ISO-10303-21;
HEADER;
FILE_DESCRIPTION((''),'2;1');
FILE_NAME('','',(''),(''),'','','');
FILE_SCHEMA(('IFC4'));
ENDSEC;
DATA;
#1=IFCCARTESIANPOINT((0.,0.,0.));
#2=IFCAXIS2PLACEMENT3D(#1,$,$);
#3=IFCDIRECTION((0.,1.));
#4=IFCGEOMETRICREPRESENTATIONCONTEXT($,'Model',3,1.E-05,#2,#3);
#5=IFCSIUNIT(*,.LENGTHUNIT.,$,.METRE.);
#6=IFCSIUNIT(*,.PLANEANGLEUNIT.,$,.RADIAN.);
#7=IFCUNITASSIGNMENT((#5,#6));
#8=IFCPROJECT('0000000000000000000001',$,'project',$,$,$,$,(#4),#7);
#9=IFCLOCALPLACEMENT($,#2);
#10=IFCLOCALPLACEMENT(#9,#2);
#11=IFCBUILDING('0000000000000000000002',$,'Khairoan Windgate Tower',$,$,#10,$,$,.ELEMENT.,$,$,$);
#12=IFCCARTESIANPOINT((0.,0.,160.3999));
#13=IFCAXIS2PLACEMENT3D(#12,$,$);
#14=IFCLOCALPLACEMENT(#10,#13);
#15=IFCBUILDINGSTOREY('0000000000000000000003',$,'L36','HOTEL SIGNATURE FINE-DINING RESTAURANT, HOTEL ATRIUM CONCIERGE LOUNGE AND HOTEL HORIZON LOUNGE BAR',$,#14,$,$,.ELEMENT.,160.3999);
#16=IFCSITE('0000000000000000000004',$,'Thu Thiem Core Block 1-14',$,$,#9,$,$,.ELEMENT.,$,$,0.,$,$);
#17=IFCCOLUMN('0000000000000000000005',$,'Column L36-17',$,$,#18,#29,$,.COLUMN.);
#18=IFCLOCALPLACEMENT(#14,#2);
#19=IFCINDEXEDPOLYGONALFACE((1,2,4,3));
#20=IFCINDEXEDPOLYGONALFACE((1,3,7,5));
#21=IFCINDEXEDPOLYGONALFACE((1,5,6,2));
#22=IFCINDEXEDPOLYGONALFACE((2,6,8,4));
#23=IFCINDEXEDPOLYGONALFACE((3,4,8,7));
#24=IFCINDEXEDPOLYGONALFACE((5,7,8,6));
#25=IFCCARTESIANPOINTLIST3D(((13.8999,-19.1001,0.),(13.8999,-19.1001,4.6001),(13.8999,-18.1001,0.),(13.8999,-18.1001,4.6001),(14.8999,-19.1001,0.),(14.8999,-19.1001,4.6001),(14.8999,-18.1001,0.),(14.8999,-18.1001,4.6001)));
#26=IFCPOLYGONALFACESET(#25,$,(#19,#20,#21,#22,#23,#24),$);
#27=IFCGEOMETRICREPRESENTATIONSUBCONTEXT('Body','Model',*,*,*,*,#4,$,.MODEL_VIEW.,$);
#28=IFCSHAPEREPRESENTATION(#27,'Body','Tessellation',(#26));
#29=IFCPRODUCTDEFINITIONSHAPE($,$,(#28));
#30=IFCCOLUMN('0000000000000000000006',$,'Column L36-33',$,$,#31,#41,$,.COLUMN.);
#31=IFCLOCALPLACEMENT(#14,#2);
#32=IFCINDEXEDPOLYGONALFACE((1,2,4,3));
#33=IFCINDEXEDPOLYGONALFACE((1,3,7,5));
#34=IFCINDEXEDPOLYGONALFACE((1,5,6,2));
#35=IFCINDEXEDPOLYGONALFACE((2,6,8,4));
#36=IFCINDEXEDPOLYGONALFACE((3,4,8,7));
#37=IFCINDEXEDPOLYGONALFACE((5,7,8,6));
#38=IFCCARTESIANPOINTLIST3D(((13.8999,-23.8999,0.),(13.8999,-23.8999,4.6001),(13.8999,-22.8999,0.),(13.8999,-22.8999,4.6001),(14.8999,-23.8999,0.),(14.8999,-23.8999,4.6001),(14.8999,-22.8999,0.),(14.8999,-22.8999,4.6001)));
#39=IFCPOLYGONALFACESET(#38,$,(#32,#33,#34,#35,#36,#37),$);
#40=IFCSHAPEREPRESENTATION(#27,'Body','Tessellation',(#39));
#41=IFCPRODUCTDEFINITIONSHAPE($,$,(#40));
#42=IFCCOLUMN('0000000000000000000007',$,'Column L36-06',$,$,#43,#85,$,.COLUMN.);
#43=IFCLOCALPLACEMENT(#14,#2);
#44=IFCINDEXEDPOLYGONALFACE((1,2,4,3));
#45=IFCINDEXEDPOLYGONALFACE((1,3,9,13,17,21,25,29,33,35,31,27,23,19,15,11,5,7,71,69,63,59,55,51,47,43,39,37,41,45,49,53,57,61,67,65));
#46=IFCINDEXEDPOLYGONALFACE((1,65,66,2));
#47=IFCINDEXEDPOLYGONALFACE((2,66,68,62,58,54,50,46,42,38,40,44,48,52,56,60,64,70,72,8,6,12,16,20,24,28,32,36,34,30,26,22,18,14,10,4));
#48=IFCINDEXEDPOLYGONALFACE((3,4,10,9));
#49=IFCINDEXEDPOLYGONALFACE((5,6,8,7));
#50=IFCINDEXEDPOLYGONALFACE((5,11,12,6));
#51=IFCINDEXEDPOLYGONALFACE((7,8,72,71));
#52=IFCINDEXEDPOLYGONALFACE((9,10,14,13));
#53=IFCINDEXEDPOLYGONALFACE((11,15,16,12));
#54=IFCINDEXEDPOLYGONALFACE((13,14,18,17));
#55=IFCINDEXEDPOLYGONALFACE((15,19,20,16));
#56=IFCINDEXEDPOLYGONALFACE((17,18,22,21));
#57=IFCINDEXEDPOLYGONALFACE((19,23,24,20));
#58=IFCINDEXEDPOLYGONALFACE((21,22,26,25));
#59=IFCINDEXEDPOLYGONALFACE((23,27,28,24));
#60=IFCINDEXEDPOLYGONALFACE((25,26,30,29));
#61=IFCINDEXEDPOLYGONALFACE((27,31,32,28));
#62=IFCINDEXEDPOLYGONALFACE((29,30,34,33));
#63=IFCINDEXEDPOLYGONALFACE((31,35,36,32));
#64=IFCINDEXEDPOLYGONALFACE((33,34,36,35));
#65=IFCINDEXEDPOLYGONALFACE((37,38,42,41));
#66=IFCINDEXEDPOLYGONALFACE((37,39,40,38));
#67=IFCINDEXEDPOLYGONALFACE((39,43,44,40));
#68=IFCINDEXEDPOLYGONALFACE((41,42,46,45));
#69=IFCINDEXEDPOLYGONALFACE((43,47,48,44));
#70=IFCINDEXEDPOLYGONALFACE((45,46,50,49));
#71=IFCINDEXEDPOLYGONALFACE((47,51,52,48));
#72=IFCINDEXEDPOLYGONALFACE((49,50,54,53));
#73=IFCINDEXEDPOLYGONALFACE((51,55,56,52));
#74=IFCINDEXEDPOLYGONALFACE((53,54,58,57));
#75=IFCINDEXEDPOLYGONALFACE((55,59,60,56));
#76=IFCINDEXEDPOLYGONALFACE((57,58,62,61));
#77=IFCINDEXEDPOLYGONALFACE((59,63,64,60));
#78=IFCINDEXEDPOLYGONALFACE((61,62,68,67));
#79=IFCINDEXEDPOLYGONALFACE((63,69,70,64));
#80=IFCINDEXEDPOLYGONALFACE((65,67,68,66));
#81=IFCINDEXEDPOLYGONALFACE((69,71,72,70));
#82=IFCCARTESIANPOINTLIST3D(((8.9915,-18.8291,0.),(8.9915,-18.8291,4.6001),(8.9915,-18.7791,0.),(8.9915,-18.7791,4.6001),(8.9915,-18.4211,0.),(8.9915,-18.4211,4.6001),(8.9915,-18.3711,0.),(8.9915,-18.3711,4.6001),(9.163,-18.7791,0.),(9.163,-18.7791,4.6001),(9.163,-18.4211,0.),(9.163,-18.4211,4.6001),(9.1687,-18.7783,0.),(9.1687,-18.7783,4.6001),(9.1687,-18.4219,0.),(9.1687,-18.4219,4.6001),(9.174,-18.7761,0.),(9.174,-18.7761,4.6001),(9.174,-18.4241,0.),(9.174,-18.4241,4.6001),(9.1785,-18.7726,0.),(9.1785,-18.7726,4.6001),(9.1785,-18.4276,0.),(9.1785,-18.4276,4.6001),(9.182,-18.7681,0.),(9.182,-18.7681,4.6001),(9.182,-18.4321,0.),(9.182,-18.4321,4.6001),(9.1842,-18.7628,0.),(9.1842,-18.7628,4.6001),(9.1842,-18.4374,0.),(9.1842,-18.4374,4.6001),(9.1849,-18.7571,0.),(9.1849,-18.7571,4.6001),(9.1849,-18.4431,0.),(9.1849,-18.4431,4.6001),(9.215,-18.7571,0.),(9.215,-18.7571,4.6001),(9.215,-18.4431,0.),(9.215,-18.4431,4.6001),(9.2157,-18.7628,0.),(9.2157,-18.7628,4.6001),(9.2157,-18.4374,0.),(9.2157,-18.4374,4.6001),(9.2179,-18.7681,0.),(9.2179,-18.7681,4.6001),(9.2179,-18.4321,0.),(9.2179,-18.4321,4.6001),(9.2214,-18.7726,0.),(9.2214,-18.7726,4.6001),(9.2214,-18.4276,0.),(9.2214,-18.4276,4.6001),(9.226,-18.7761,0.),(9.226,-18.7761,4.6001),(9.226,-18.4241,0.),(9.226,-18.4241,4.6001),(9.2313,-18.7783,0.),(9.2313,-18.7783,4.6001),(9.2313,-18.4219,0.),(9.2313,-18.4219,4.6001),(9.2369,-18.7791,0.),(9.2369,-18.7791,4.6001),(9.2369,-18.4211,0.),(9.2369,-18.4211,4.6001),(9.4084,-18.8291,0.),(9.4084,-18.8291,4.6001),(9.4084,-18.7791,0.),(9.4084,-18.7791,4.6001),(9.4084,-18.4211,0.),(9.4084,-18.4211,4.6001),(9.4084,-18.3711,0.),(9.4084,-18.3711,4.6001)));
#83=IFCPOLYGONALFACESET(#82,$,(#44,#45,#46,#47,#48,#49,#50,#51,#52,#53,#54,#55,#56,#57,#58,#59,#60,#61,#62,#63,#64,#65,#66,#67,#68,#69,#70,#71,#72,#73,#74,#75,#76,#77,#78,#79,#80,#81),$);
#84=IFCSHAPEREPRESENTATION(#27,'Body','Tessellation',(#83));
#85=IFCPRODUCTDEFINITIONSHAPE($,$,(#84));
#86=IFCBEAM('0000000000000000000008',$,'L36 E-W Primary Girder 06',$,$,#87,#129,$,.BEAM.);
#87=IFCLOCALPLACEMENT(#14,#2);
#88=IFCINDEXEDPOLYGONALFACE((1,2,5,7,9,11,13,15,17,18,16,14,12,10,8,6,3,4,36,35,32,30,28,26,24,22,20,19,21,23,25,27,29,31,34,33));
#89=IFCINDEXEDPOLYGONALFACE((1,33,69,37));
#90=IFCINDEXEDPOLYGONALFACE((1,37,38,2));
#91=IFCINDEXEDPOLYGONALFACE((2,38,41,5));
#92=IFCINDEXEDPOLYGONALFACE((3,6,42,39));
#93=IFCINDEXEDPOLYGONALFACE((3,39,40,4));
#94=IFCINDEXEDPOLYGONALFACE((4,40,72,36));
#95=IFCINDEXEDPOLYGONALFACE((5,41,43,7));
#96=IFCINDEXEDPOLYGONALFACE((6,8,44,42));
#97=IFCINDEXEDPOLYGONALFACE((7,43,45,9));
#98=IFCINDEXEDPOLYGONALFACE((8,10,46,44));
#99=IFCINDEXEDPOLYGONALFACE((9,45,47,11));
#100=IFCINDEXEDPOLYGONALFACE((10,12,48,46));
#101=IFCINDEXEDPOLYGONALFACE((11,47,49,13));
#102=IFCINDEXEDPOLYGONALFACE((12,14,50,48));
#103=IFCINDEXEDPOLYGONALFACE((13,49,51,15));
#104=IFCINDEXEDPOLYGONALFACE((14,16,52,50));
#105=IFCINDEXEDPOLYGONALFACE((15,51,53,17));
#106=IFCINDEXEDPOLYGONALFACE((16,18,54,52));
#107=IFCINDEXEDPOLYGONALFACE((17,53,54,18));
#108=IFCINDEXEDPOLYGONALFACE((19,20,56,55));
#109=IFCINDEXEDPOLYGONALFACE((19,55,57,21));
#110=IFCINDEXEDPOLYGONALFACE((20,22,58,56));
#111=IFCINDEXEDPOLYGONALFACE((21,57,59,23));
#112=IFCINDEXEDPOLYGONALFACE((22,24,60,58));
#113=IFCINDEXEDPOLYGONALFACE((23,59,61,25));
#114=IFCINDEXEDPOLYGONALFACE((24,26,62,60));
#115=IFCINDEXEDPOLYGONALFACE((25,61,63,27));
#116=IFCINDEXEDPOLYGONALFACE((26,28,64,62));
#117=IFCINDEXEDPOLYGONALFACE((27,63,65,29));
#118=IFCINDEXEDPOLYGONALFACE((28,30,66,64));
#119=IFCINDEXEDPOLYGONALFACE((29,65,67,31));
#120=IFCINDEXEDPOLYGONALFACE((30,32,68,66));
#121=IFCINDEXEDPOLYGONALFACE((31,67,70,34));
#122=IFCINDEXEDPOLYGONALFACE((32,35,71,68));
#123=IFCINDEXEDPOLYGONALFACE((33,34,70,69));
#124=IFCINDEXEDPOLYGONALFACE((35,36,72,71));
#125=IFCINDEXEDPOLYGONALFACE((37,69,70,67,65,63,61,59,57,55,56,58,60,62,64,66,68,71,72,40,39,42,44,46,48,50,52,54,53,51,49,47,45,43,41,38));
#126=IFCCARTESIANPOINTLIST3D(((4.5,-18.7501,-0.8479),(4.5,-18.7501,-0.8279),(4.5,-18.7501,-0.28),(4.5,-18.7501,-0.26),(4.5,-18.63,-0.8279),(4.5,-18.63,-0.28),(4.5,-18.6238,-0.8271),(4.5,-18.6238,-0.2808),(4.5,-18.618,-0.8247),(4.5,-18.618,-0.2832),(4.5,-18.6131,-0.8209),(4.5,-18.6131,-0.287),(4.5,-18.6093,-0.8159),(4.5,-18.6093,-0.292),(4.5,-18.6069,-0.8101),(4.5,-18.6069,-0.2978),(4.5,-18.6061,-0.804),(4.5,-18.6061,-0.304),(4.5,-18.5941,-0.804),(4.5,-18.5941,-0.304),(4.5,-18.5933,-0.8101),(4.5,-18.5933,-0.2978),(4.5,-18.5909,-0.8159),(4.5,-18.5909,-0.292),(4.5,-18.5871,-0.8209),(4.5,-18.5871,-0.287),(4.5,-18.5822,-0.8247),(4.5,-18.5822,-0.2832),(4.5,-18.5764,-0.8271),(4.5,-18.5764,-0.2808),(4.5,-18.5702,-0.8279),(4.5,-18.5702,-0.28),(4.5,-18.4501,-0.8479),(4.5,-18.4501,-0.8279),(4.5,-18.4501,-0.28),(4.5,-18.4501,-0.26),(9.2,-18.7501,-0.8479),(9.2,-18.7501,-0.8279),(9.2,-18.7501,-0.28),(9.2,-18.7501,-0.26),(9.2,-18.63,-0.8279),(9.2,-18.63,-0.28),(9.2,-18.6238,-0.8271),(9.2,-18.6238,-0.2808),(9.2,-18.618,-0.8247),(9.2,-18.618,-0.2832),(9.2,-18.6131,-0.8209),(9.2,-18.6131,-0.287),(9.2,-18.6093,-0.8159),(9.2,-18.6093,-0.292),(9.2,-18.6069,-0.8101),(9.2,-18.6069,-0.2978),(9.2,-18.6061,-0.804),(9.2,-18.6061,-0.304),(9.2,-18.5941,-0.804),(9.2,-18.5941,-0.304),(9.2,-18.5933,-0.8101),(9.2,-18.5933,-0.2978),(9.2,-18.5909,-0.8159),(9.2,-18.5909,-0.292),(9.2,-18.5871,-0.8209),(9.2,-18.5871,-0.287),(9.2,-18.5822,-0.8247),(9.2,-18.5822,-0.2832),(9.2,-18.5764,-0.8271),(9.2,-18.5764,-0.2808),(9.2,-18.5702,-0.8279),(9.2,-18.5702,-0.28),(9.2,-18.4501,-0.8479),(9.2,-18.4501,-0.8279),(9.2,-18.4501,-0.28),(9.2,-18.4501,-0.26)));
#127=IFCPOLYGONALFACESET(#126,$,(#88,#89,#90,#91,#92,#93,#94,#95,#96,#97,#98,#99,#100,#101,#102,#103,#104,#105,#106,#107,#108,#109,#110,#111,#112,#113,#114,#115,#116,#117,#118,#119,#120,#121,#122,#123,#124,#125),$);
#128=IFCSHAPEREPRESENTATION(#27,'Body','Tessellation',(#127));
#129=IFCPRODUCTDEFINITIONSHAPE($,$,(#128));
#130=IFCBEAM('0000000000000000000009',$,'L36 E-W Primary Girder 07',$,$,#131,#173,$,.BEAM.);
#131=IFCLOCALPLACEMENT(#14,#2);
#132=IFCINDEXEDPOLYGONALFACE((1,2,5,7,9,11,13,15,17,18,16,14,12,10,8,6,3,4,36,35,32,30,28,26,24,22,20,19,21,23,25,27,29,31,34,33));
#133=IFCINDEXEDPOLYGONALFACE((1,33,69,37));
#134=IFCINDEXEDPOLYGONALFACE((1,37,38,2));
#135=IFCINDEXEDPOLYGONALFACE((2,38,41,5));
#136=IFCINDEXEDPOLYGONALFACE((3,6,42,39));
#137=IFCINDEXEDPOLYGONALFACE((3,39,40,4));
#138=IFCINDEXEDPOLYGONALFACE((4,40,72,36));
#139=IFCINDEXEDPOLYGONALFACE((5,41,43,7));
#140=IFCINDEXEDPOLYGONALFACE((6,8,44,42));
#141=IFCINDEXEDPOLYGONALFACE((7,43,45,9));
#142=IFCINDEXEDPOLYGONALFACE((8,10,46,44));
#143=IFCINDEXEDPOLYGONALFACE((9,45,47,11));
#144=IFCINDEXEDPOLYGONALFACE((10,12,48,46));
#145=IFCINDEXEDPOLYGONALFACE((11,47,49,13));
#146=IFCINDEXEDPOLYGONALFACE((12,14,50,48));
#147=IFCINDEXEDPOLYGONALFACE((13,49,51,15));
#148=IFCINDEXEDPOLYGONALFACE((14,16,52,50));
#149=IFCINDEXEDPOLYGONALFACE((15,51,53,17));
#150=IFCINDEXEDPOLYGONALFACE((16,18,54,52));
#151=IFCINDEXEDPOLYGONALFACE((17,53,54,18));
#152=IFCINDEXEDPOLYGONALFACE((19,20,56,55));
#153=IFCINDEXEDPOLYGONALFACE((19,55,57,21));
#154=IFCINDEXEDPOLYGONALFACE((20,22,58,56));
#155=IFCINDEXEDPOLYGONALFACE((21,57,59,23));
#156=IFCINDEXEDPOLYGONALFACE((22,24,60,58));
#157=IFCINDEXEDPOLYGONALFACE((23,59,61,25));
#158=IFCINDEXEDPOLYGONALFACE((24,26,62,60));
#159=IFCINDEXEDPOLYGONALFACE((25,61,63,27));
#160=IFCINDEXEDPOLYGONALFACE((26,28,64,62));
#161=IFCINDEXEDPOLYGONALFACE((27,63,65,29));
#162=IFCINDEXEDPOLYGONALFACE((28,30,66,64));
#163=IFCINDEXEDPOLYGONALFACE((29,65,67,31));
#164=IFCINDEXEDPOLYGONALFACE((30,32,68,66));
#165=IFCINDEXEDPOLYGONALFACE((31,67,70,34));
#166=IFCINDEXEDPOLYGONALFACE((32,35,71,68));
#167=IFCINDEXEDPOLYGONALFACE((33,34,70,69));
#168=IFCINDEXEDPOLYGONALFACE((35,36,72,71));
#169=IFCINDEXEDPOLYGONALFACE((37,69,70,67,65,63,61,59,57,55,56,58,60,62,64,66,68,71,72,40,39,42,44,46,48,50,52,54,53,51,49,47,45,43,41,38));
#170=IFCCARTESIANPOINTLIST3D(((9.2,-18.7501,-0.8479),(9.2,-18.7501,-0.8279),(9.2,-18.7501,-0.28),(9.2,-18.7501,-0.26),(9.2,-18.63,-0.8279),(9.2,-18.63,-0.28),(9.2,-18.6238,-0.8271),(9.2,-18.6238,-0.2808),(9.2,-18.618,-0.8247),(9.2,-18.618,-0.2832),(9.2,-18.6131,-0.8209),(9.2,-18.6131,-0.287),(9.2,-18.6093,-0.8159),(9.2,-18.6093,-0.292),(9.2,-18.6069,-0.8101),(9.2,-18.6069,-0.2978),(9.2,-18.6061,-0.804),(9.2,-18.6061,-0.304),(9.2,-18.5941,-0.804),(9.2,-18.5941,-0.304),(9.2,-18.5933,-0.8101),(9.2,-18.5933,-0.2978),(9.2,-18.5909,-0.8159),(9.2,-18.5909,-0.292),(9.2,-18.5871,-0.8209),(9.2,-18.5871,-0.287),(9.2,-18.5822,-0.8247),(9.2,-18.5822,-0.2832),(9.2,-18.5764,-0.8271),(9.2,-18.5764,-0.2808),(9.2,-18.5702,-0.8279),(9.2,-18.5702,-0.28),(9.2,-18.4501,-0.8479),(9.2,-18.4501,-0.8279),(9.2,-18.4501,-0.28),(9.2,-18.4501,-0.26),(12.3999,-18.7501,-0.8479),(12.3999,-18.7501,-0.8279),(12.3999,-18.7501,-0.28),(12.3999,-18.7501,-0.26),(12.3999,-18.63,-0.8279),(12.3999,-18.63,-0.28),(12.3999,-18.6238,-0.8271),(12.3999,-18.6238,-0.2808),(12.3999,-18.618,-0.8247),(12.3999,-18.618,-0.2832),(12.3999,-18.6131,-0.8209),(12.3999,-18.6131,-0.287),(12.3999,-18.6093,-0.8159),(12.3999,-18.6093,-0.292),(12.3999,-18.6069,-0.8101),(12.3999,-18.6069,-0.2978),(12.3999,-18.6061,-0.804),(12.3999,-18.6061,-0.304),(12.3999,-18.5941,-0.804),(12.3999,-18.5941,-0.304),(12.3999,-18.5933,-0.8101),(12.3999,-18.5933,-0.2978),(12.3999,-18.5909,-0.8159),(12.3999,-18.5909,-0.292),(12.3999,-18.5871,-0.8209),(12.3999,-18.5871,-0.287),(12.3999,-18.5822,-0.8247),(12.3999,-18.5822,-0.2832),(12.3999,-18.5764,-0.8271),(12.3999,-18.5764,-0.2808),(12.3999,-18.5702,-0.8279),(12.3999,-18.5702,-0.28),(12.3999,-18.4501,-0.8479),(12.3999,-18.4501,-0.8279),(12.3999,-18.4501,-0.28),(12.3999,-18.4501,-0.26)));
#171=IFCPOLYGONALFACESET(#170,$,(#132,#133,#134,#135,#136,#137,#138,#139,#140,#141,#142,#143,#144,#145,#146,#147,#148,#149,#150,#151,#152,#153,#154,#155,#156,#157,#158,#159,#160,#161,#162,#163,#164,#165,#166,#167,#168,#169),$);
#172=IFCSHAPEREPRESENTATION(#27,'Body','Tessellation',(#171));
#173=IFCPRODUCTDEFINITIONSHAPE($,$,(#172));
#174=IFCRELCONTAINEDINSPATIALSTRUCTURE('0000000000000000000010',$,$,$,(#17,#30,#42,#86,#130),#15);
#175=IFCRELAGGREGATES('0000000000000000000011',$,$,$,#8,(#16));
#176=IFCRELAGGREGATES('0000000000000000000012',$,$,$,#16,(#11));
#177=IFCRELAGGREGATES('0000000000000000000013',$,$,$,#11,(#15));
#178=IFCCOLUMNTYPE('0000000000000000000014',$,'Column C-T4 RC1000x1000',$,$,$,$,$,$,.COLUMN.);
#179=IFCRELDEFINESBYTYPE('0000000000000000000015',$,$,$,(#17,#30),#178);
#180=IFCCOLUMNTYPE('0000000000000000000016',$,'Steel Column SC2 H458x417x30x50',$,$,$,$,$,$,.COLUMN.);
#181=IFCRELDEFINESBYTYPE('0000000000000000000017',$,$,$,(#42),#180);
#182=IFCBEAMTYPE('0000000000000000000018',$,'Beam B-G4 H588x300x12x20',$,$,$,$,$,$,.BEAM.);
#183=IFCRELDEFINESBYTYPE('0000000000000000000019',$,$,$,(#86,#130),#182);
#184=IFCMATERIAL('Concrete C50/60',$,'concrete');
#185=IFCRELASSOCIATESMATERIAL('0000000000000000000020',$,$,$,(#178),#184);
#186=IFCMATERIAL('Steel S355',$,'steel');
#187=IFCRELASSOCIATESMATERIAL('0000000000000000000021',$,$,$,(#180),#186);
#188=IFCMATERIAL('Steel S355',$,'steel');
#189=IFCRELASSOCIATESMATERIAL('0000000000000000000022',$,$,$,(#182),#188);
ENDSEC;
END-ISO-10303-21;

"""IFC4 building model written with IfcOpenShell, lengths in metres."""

from ifc_helpers import new_model, si_unit, direction, frame, origin, origin_2d, place, context, subcontext, project, spatial, rectangle, i_section, extrude, material, material_profile, profile_set, type_object, element, save


model = new_model("IFC4")

# Units and contexts
model_context = context("Model", 3, precision=1e-05, world=origin(), true_north=direction((0.0, 1.0)))
body_context = subcontext(model_context, "Body", "Model", "MODEL_VIEW")
ifc_project = project(units=[si_unit("LENGTHUNIT", "METRE"), si_unit("PLANEANGLEUNIT", "RADIAN")], contexts=[model_context])

# Site, building, storey
site_placement = place(None, origin())
site = spatial("IfcSite", under=ifc_project, at=site_placement, Name="Thu Thiem Core Block 1-14", CompositionType="ELEMENT", RefElevation=0.0)
building_placement = place(site_placement, origin())
building = spatial("IfcBuilding", under=site, at=building_placement, Name="Khairoan Windgate Tower", CompositionType="ELEMENT")
storey_placement = place(building_placement, frame((0.0, 0.0, 160.3999)))
storey = spatial("IfcBuildingStorey", under=building, at=storey_placement, Name="L36", Description="HOTEL SIGNATURE FINE-DINING RESTAURANT, HOTEL ATRIUM CONCIERGE LOUNGE AND HOTEL HORIZON LOUNGE BAR", CompositionType="ELEMENT", Elevation=160.3999)

# Columns
ifc_material_1 = material(Name="Concrete C50/60", Category="concrete")
ifc_material_profile_1 = material_profile(ifc_material_1, rectangle(XDim=1.0, YDim=1.0, at=origin_2d()))
ifc_profile_set_1 = profile_set([ifc_material_profile_1], Name="Concrete C50/60")
column_type_1 = type_object("IfcColumnType", Name="Column C-T4 RC1000x1000", PredefinedType="COLUMN", material=ifc_profile_set_1)
for number, where, z_axis, x_axis, name in (
    (1, (14.3999, -18.6001, 0.0), (0.0, 0.0, 1.0), (1.0, 0.0, 0.0), "Column L36-17"),
    (2, (14.3999, -23.3999, 0.0), (0.0, 0.0, 1.0), (1.0, 0.0, 0.0), "Column L36-33"),
):
    element("IfcColumn", number, at=place(storey_placement, frame(where, z_axis=z_axis, x_axis=x_axis)), inside=storey, type_object=column_type_1, Name=name, PredefinedType="COLUMN", context=body_context, shape_type="SweptSolid", body=[
        extrude(rectangle(XDim=1.0, YDim=1.0, at=origin_2d()), origin(), (0.0, 0.0, 1.0), 4.6001),
    ])
ifc_material_2 = material(Name="Steel S355", Category="steel")
ifc_material_profile_2 = material_profile(ifc_material_2, i_section(OverallWidth=0.417, OverallDepth=0.458, WebThickness=0.03, FlangeThickness=0.05, FilletRadius=0.022, at=origin_2d()))
ifc_profile_set_2 = profile_set([ifc_material_profile_2], Name="Steel S355")
column_type_2 = type_object("IfcColumnType", Name="Steel Column SC2 H458x417x30x50", PredefinedType="COLUMN", material=ifc_profile_set_2)
column_placement = place(storey_placement, frame((9.2, -18.6001, 0.0), z_axis=(0.0, 0.0, 1.0), x_axis=(1.0, 0.0, 0.0)))
element("IfcColumn", 3, at=column_placement, inside=storey, type_object=column_type_2, Name="Column L36-06", PredefinedType="COLUMN", context=body_context, shape_type="SweptSolid", body=[
    extrude(i_section(OverallWidth=0.417, OverallDepth=0.458, WebThickness=0.03, FlangeThickness=0.05, FilletRadius=0.022, at=origin_2d()), origin(), (0.0, 0.0, 1.0), 4.6001),
])

# Beams
ifc_material_3 = material(Name="Steel S355", Category="steel")
ifc_material_profile_3 = material_profile(ifc_material_3, i_section(OverallWidth=0.3, OverallDepth=0.5879, WebThickness=0.012, FlangeThickness=0.02, FilletRadius=0.0239, at=origin_2d()))
ifc_profile_set_3 = profile_set([ifc_material_profile_3], Name="Steel S355")
beam_type_1 = type_object("IfcBeamType", Name="Beam B-G4 H588x300x12x20", PredefinedType="BEAM", material=ifc_profile_set_3)
beam_1_placement = place(storey_placement, frame((4.5, -18.6001, -0.554), z_axis=(1.0, 0.0, 0.0), x_axis=(0.0, 1.0, 0.0)))
element("IfcBeam", 4, at=beam_1_placement, inside=storey, type_object=beam_type_1, Name="L36 E-W Primary Girder 06", PredefinedType="BEAM", context=body_context, shape_type="SweptSolid", body=[
    extrude(i_section(OverallWidth=0.3, OverallDepth=0.5879, WebThickness=0.012, FlangeThickness=0.02, FilletRadius=0.0239, at=origin_2d()), origin(), (0.0, 0.0, 1.0), 4.7),
])
beam_2_placement = place(storey_placement, frame((9.2, -18.6001, -0.554), z_axis=(1.0, 0.0, 0.0), x_axis=(0.0, 1.0, 0.0)))
element("IfcBeam", 5, at=beam_2_placement, inside=storey, type_object=beam_type_1, Name="L36 E-W Primary Girder 07", PredefinedType="BEAM", context=body_context, shape_type="SweptSolid", body=[
    extrude(i_section(OverallWidth=0.3, OverallDepth=0.5879, WebThickness=0.012, FlangeThickness=0.02, FilletRadius=0.0239, at=origin_2d()), origin(), (0.0, 0.0, 1.0), 3.2),
])

save(model, "model.ifc")
